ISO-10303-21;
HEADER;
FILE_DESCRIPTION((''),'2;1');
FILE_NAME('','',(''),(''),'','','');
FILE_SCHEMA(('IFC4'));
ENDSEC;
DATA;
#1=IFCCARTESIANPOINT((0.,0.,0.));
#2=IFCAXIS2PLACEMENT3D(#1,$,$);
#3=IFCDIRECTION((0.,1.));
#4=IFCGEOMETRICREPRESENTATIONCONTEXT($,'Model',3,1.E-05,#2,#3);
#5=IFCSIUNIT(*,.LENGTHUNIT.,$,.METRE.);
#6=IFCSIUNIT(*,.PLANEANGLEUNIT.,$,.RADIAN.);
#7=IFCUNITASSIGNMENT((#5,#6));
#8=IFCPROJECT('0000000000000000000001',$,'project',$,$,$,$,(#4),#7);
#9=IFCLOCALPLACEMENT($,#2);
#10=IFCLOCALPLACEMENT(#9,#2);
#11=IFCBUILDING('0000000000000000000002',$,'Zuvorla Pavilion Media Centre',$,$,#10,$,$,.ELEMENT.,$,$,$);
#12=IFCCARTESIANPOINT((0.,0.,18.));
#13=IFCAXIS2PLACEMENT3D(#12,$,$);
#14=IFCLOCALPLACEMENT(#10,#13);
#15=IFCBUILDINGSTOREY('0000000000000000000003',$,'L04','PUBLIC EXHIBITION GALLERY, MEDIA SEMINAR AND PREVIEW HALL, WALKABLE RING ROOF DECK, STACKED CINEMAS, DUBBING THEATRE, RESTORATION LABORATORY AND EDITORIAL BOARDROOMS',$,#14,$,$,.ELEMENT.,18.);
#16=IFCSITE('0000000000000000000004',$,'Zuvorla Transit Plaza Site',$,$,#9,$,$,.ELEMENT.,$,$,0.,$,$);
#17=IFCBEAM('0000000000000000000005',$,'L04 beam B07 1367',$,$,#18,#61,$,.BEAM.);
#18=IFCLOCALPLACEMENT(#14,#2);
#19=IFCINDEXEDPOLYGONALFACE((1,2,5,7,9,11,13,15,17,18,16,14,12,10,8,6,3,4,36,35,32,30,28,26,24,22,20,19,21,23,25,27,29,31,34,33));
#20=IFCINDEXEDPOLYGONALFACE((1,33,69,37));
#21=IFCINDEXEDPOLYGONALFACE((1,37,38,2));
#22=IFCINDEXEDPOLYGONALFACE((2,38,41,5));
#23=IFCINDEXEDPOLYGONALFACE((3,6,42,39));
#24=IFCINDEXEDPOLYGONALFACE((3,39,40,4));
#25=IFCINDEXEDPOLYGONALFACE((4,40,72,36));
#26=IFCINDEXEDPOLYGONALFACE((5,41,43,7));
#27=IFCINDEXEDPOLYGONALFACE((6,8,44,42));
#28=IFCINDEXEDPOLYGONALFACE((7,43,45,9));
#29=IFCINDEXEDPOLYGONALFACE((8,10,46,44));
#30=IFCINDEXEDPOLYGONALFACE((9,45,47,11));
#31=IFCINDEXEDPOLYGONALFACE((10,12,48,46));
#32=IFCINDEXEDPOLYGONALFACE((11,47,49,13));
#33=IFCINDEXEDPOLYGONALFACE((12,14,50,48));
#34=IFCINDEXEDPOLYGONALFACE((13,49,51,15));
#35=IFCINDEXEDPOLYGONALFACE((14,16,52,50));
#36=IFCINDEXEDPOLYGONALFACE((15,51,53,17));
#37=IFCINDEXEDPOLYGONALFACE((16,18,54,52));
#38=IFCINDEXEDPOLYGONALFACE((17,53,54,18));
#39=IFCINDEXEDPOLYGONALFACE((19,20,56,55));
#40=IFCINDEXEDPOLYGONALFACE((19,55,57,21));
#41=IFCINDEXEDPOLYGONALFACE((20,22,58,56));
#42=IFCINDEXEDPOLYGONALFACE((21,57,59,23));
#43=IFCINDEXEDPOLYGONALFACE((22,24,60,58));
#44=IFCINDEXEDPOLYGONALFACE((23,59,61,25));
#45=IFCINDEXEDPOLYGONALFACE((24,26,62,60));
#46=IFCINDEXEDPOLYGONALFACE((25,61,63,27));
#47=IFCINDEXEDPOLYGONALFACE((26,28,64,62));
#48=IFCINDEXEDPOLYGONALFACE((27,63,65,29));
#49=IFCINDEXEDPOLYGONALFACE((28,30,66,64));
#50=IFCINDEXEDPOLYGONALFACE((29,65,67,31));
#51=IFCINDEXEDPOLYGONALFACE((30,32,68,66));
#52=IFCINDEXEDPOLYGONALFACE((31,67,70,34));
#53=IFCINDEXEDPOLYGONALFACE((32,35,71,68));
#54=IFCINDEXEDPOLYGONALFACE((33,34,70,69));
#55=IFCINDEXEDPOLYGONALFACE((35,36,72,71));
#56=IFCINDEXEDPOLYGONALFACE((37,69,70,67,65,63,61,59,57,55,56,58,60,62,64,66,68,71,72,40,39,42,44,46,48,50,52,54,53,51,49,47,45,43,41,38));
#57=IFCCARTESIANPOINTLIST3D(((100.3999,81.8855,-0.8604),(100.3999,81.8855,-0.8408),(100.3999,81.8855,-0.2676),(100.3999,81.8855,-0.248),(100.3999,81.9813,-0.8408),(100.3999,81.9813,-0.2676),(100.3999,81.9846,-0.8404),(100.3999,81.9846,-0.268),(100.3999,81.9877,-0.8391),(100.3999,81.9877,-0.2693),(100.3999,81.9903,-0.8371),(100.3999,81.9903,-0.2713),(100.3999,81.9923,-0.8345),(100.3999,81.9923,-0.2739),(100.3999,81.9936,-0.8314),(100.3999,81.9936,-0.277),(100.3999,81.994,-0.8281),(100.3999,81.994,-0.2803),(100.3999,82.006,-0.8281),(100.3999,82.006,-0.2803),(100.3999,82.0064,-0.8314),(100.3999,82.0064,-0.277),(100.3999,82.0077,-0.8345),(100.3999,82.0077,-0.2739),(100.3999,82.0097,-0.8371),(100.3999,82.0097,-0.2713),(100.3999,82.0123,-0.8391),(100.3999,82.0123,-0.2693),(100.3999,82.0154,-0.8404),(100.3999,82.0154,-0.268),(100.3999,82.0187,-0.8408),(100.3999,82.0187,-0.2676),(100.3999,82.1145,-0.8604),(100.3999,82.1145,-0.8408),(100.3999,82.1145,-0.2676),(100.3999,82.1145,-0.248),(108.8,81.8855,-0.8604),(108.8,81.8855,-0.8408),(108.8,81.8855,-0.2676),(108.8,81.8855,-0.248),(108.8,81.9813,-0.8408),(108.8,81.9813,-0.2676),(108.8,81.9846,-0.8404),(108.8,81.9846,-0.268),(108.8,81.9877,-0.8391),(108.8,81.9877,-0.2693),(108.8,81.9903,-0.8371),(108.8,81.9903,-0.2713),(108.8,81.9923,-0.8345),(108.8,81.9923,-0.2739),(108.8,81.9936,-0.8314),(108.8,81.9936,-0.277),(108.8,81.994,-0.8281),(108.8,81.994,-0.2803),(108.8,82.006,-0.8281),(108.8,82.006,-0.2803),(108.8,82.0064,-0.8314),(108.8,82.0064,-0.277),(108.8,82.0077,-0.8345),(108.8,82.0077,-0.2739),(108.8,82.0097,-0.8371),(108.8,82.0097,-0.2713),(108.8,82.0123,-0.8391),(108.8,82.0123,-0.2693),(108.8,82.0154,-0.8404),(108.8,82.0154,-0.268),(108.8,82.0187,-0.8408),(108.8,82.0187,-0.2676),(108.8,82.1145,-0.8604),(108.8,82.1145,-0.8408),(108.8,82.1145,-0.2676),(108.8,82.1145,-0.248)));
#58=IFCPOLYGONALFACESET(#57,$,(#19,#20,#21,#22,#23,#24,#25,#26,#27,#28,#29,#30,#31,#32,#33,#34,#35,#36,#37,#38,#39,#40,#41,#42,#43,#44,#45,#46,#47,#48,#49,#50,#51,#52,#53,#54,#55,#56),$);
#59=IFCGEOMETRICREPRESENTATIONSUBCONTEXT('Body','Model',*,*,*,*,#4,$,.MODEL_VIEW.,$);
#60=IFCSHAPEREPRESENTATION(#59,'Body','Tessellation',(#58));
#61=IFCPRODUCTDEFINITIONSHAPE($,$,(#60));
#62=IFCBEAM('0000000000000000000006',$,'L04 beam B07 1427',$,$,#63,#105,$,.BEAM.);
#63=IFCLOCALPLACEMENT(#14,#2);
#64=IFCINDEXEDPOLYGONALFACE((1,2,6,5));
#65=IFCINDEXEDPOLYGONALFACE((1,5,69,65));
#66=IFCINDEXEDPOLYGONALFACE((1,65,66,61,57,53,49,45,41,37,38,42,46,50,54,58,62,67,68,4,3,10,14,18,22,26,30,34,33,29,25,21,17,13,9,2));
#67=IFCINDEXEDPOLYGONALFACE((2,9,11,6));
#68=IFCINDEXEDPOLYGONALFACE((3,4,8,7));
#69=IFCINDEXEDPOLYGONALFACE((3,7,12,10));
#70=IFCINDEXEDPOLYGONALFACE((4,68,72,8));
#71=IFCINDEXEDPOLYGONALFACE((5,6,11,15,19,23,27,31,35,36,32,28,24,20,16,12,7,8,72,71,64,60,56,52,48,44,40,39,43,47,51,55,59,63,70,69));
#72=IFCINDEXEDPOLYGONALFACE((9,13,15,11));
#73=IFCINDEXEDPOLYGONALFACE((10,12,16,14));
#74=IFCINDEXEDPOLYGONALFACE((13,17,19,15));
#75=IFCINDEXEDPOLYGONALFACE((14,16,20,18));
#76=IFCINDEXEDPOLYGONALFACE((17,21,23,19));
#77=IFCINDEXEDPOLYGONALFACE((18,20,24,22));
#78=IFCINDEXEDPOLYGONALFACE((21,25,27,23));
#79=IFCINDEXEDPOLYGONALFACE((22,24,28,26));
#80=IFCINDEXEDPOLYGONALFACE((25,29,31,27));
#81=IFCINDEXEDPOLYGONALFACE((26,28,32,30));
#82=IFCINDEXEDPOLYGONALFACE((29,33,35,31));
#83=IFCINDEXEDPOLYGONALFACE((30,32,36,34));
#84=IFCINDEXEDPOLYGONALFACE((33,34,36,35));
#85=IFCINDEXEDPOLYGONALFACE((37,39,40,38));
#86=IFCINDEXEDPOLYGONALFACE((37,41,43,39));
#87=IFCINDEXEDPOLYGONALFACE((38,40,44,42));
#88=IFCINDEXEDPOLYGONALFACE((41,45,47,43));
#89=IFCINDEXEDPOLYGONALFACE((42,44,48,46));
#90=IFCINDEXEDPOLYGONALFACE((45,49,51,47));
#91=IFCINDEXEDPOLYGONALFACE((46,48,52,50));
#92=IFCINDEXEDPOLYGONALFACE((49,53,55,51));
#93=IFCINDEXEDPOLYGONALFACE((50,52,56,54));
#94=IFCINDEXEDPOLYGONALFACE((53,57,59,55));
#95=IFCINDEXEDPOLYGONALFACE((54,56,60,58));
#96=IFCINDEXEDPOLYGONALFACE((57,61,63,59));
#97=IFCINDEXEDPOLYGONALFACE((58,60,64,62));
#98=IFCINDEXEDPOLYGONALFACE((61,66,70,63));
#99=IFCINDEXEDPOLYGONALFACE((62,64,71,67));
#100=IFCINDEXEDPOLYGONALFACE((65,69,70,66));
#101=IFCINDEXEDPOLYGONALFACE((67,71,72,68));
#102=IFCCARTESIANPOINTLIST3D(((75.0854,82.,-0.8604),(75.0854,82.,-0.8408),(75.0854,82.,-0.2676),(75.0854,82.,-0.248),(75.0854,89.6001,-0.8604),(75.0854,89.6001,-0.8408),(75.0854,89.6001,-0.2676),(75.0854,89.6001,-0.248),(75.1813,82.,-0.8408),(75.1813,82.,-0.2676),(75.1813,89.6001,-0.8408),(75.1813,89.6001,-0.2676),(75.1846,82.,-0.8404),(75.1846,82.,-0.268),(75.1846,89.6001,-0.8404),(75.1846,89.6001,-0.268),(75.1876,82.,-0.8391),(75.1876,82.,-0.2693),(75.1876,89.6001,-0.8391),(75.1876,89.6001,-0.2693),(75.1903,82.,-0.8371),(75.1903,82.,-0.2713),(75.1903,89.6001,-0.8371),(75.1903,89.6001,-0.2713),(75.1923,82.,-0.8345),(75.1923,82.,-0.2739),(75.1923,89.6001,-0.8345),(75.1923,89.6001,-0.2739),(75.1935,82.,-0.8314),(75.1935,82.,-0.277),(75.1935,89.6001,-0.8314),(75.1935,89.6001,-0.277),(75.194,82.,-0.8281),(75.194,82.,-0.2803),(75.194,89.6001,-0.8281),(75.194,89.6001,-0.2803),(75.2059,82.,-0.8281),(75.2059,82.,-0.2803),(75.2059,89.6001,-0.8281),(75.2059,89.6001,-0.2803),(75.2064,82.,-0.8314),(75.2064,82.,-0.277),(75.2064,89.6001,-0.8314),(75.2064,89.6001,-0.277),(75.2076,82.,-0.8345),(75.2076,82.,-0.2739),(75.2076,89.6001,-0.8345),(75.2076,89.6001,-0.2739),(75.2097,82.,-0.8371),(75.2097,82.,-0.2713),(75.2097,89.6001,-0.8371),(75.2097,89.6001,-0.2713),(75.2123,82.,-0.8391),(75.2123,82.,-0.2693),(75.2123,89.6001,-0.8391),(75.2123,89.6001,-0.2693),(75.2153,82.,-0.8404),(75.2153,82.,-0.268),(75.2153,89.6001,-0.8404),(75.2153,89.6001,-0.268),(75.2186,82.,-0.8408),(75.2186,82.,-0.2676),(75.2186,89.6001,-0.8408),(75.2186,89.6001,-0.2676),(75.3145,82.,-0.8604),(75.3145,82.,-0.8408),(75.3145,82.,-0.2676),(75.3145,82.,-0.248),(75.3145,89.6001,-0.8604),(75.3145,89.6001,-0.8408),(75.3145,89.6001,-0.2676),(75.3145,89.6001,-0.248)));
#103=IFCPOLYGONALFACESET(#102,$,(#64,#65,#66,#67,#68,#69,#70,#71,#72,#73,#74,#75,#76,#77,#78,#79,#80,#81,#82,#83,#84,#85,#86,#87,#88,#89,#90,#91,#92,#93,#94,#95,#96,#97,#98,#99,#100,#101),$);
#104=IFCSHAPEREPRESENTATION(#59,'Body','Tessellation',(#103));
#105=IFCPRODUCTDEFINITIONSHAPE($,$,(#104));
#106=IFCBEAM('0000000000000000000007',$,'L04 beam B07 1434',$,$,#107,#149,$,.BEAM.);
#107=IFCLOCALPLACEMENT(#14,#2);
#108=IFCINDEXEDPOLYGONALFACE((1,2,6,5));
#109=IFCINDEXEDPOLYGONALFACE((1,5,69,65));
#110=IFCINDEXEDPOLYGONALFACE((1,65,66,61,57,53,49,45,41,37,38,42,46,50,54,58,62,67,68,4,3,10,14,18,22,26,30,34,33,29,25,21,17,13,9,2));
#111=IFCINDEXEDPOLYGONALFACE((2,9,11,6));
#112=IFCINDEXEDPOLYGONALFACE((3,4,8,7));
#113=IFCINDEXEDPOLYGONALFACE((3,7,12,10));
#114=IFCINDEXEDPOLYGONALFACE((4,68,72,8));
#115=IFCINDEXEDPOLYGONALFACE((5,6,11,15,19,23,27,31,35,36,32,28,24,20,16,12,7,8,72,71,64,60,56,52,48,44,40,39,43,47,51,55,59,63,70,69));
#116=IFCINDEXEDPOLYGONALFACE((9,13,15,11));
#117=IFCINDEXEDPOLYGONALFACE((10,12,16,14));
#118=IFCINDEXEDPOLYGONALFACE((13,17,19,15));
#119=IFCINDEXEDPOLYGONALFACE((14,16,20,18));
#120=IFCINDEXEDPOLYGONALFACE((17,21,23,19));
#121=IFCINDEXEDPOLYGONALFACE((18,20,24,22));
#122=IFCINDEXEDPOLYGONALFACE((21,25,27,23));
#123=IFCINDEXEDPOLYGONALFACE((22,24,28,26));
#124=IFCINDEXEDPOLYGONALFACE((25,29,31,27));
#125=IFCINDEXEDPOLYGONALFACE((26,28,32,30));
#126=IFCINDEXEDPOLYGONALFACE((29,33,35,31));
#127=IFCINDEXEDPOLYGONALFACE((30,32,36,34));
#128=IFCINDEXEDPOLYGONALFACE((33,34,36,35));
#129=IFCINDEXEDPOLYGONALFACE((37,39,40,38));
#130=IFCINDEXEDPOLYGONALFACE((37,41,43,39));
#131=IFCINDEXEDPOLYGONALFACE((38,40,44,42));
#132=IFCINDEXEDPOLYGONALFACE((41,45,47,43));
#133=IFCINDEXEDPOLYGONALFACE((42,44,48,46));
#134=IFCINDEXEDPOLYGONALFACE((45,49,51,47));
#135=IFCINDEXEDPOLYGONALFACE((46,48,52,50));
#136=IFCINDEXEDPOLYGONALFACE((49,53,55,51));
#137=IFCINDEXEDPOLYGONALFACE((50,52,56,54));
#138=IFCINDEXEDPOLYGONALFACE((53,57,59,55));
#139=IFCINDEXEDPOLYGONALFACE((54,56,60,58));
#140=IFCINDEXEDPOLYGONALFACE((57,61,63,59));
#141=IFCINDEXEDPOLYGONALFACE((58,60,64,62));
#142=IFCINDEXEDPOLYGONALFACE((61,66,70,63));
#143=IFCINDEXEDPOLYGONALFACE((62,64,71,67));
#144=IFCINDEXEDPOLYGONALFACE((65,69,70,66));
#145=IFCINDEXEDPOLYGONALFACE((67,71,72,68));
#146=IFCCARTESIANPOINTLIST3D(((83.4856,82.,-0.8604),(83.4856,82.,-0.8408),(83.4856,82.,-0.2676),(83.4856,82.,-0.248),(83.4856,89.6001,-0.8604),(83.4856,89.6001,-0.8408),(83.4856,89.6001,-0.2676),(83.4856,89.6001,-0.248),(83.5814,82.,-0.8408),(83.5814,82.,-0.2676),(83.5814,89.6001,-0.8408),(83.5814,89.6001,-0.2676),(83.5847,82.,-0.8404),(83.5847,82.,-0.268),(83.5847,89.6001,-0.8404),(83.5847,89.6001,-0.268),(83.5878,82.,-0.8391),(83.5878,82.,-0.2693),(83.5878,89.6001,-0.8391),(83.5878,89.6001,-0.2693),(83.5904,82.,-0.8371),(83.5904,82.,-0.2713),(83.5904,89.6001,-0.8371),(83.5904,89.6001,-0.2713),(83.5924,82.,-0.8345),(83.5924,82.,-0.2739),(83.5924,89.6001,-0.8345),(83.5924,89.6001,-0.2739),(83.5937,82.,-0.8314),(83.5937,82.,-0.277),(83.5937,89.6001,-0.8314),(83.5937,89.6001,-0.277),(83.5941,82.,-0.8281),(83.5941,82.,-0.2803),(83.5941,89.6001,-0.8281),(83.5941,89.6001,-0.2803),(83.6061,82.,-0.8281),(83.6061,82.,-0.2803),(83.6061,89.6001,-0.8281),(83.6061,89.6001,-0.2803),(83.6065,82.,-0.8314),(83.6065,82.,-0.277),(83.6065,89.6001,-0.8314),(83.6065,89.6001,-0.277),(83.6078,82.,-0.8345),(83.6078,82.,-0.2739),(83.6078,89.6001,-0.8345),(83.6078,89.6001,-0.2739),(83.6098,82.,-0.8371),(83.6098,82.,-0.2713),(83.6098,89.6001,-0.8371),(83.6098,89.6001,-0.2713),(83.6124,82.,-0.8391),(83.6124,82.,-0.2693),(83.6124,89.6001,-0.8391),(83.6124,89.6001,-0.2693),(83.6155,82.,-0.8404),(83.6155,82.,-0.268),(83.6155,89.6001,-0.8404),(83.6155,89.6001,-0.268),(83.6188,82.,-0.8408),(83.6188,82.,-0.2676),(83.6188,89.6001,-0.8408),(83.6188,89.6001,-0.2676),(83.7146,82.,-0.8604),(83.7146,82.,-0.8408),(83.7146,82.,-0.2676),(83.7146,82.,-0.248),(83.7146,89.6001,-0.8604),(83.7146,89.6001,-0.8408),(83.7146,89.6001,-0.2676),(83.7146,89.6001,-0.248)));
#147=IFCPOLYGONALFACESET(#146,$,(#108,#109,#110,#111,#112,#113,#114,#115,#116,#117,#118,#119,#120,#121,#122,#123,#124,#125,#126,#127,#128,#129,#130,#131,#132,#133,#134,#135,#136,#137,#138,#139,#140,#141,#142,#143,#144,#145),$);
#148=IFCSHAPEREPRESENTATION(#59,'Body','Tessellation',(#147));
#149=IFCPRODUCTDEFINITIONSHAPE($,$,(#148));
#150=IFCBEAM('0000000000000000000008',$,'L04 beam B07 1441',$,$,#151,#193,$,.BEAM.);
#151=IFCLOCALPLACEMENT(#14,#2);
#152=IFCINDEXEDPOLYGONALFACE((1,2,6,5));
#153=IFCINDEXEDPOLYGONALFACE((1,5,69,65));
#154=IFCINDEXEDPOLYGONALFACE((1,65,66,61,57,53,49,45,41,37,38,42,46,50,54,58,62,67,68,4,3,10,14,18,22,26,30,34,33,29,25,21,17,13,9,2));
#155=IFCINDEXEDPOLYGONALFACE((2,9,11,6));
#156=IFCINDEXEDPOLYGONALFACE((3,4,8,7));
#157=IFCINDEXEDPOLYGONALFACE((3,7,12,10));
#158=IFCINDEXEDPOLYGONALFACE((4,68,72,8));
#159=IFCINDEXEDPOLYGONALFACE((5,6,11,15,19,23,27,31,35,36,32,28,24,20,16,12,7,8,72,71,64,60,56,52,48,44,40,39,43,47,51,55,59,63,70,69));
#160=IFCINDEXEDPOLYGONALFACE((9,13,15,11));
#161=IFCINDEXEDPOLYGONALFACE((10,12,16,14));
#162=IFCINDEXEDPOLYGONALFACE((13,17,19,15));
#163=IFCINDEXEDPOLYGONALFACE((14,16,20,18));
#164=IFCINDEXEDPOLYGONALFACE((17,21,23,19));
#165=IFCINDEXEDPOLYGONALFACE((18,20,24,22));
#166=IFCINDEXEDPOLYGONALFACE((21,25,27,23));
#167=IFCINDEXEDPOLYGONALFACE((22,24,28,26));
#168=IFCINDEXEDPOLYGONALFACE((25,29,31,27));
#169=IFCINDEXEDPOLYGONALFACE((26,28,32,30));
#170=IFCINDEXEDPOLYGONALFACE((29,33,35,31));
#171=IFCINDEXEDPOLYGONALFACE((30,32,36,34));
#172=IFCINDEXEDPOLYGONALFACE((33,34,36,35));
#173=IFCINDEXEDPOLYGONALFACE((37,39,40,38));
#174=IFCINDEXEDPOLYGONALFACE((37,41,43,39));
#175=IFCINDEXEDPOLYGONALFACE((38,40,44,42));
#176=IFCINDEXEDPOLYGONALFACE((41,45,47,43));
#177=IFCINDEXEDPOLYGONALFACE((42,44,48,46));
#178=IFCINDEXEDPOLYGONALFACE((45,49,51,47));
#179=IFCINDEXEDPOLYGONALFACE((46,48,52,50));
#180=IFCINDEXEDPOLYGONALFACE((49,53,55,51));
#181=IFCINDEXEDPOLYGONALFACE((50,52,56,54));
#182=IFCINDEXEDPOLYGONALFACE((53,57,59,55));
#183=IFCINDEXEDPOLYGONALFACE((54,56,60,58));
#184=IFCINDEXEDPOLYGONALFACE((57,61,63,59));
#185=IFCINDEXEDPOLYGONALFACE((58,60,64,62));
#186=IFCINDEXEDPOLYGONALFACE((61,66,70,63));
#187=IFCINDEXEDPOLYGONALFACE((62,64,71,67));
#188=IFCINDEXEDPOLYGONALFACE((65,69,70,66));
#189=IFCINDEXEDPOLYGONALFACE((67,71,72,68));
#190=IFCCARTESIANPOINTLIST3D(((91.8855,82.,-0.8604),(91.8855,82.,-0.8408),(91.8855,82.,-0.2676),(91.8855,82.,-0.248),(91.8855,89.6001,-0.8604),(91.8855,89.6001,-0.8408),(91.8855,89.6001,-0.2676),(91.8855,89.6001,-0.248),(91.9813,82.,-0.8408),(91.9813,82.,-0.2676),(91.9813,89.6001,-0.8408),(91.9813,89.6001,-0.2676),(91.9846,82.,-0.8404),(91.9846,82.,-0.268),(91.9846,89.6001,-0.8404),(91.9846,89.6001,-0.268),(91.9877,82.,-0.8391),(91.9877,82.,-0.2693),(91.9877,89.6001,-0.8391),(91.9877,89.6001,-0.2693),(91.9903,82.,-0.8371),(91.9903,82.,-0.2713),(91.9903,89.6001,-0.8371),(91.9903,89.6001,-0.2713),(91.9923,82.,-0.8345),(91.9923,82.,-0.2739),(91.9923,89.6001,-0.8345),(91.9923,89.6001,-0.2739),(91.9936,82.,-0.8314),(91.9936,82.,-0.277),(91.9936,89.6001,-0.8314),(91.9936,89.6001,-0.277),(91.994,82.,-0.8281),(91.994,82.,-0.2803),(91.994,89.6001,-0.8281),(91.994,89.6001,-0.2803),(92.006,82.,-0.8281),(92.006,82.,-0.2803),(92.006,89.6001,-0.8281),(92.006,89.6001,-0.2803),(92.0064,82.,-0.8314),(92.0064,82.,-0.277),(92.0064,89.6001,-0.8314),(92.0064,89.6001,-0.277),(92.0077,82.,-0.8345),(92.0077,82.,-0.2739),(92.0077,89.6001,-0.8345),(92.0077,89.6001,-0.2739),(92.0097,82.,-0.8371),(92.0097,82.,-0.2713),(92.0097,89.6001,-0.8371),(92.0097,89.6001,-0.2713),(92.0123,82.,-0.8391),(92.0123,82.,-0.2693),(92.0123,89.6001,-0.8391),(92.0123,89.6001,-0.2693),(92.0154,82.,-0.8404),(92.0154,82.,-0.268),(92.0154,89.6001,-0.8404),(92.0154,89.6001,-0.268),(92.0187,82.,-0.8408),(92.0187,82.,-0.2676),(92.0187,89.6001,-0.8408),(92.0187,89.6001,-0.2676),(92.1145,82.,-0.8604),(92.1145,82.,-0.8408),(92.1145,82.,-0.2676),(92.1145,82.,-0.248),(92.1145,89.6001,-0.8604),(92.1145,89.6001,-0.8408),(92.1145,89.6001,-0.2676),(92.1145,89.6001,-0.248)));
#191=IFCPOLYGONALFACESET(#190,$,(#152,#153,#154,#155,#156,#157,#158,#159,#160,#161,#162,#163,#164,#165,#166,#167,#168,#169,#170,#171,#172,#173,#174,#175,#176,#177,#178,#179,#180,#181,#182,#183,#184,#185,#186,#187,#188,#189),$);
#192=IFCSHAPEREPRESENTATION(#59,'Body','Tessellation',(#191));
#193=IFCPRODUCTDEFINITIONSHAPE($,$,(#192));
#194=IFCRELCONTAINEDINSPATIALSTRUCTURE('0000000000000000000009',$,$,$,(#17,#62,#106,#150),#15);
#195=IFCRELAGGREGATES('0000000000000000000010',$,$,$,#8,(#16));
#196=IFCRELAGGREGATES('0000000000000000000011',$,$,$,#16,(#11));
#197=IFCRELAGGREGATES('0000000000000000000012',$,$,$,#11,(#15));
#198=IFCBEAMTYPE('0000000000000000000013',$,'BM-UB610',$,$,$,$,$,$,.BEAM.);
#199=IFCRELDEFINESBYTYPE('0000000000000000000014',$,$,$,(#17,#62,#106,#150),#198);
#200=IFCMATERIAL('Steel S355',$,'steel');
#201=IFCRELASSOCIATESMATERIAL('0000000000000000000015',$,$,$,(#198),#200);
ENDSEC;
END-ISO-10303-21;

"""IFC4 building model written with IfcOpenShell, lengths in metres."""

from ifc_helpers import new_model, si_unit, direction, frame, origin, origin_2d, place, context, subcontext, project, spatial, i_section, extrude, material, material_profile, profile_set, type_object, element, save


model = new_model("IFC4")

# Units and contexts
model_context = context("Model", 3, precision=1e-05, world=origin(), true_north=direction((0.0, 1.0)))
body_context = subcontext(model_context, "Body", "Model", "MODEL_VIEW")
ifc_project = project(units=[si_unit("LENGTHUNIT", "METRE"), si_unit("PLANEANGLEUNIT", "RADIAN")], contexts=[model_context])

# Site, building, storey
site_placement = place(None, origin())
site = spatial("IfcSite", under=ifc_project, at=site_placement, Name="Zuvorla Transit Plaza Site", CompositionType="ELEMENT", RefElevation=0.0)
building_placement = place(site_placement, origin())
building = spatial("IfcBuilding", under=site, at=building_placement, Name="Zuvorla Pavilion Media Centre", CompositionType="ELEMENT")
storey_placement = place(building_placement, frame((0.0, 0.0, 18.0)))
storey = spatial("IfcBuildingStorey", under=building, at=storey_placement, Name="L04", Description="PUBLIC EXHIBITION GALLERY, MEDIA SEMINAR AND PREVIEW HALL, WALKABLE RING ROOF DECK, STACKED CINEMAS, DUBBING THEATRE, RESTORATION LABORATORY AND EDITORIAL BOARDROOMS", CompositionType="ELEMENT", Elevation=18.0)

# Beams
ifc_material = material(Name="Steel S355", Category="steel")
ifc_material_profile_1 = material_profile(ifc_material, i_section(OverallWidth=0.229, OverallDepth=0.6123, WebThickness=0.012, FlangeThickness=0.0195, FilletRadius=0.0127, at=origin_2d()), Name="UB 610x229x125")
ifc_profile_set_1 = profile_set([ifc_material_profile_1], Name="Steel S355")
beam_type_1 = type_object("IfcBeamType", Name="BM-UB610", PredefinedType="BEAM", material=ifc_profile_set_1)
beam_1_placement = place(storey_placement, frame((100.3999, 82.0, -0.5542), z_axis=(1.0, 0.0, 0.0), x_axis=(0.0, 1.0, 0.0)))
element("IfcBeam", 1, at=beam_1_placement, inside=storey, type_object=beam_type_1, Name="L04 beam B07 1367", PredefinedType="BEAM", context=body_context, shape_type="SweptSolid", body=[
    extrude(i_section(OverallWidth=0.229, OverallDepth=0.6123, WebThickness=0.012, FlangeThickness=0.0195, FilletRadius=0.0127, at=origin_2d()), origin(), (0.0, 0.0, 1.0), 8.4001),
])
for number, where, z_axis, x_axis, name in (
    (2, (75.2, 82.0, -0.5542), (0.0, 1.0, 0.0), (-1.0, 0.0, 0.0), "L04 beam B07 1427"),
    (3, (83.6001, 82.0, -0.5542), (0.0, 1.0, 0.0), (-1.0, 0.0, 0.0), "L04 beam B07 1434"),
    (4, (92.0, 82.0, -0.5542), (0.0, 1.0, 0.0), (-1.0, 0.0, 0.0), "L04 beam B07 1441"),
):
    element("IfcBeam", number, at=place(storey_placement, frame(where, z_axis=z_axis, x_axis=x_axis)), inside=storey, type_object=beam_type_1, Name=name, PredefinedType="BEAM", context=body_context, shape_type="SweptSolid", body=[
        extrude(i_section(OverallWidth=0.229, OverallDepth=0.6123, WebThickness=0.012, FlangeThickness=0.0195, FilletRadius=0.0127, at=origin_2d()), origin(), (0.0, 0.0, 1.0), 7.6001),
    ])

save(model, "model.ifc")
